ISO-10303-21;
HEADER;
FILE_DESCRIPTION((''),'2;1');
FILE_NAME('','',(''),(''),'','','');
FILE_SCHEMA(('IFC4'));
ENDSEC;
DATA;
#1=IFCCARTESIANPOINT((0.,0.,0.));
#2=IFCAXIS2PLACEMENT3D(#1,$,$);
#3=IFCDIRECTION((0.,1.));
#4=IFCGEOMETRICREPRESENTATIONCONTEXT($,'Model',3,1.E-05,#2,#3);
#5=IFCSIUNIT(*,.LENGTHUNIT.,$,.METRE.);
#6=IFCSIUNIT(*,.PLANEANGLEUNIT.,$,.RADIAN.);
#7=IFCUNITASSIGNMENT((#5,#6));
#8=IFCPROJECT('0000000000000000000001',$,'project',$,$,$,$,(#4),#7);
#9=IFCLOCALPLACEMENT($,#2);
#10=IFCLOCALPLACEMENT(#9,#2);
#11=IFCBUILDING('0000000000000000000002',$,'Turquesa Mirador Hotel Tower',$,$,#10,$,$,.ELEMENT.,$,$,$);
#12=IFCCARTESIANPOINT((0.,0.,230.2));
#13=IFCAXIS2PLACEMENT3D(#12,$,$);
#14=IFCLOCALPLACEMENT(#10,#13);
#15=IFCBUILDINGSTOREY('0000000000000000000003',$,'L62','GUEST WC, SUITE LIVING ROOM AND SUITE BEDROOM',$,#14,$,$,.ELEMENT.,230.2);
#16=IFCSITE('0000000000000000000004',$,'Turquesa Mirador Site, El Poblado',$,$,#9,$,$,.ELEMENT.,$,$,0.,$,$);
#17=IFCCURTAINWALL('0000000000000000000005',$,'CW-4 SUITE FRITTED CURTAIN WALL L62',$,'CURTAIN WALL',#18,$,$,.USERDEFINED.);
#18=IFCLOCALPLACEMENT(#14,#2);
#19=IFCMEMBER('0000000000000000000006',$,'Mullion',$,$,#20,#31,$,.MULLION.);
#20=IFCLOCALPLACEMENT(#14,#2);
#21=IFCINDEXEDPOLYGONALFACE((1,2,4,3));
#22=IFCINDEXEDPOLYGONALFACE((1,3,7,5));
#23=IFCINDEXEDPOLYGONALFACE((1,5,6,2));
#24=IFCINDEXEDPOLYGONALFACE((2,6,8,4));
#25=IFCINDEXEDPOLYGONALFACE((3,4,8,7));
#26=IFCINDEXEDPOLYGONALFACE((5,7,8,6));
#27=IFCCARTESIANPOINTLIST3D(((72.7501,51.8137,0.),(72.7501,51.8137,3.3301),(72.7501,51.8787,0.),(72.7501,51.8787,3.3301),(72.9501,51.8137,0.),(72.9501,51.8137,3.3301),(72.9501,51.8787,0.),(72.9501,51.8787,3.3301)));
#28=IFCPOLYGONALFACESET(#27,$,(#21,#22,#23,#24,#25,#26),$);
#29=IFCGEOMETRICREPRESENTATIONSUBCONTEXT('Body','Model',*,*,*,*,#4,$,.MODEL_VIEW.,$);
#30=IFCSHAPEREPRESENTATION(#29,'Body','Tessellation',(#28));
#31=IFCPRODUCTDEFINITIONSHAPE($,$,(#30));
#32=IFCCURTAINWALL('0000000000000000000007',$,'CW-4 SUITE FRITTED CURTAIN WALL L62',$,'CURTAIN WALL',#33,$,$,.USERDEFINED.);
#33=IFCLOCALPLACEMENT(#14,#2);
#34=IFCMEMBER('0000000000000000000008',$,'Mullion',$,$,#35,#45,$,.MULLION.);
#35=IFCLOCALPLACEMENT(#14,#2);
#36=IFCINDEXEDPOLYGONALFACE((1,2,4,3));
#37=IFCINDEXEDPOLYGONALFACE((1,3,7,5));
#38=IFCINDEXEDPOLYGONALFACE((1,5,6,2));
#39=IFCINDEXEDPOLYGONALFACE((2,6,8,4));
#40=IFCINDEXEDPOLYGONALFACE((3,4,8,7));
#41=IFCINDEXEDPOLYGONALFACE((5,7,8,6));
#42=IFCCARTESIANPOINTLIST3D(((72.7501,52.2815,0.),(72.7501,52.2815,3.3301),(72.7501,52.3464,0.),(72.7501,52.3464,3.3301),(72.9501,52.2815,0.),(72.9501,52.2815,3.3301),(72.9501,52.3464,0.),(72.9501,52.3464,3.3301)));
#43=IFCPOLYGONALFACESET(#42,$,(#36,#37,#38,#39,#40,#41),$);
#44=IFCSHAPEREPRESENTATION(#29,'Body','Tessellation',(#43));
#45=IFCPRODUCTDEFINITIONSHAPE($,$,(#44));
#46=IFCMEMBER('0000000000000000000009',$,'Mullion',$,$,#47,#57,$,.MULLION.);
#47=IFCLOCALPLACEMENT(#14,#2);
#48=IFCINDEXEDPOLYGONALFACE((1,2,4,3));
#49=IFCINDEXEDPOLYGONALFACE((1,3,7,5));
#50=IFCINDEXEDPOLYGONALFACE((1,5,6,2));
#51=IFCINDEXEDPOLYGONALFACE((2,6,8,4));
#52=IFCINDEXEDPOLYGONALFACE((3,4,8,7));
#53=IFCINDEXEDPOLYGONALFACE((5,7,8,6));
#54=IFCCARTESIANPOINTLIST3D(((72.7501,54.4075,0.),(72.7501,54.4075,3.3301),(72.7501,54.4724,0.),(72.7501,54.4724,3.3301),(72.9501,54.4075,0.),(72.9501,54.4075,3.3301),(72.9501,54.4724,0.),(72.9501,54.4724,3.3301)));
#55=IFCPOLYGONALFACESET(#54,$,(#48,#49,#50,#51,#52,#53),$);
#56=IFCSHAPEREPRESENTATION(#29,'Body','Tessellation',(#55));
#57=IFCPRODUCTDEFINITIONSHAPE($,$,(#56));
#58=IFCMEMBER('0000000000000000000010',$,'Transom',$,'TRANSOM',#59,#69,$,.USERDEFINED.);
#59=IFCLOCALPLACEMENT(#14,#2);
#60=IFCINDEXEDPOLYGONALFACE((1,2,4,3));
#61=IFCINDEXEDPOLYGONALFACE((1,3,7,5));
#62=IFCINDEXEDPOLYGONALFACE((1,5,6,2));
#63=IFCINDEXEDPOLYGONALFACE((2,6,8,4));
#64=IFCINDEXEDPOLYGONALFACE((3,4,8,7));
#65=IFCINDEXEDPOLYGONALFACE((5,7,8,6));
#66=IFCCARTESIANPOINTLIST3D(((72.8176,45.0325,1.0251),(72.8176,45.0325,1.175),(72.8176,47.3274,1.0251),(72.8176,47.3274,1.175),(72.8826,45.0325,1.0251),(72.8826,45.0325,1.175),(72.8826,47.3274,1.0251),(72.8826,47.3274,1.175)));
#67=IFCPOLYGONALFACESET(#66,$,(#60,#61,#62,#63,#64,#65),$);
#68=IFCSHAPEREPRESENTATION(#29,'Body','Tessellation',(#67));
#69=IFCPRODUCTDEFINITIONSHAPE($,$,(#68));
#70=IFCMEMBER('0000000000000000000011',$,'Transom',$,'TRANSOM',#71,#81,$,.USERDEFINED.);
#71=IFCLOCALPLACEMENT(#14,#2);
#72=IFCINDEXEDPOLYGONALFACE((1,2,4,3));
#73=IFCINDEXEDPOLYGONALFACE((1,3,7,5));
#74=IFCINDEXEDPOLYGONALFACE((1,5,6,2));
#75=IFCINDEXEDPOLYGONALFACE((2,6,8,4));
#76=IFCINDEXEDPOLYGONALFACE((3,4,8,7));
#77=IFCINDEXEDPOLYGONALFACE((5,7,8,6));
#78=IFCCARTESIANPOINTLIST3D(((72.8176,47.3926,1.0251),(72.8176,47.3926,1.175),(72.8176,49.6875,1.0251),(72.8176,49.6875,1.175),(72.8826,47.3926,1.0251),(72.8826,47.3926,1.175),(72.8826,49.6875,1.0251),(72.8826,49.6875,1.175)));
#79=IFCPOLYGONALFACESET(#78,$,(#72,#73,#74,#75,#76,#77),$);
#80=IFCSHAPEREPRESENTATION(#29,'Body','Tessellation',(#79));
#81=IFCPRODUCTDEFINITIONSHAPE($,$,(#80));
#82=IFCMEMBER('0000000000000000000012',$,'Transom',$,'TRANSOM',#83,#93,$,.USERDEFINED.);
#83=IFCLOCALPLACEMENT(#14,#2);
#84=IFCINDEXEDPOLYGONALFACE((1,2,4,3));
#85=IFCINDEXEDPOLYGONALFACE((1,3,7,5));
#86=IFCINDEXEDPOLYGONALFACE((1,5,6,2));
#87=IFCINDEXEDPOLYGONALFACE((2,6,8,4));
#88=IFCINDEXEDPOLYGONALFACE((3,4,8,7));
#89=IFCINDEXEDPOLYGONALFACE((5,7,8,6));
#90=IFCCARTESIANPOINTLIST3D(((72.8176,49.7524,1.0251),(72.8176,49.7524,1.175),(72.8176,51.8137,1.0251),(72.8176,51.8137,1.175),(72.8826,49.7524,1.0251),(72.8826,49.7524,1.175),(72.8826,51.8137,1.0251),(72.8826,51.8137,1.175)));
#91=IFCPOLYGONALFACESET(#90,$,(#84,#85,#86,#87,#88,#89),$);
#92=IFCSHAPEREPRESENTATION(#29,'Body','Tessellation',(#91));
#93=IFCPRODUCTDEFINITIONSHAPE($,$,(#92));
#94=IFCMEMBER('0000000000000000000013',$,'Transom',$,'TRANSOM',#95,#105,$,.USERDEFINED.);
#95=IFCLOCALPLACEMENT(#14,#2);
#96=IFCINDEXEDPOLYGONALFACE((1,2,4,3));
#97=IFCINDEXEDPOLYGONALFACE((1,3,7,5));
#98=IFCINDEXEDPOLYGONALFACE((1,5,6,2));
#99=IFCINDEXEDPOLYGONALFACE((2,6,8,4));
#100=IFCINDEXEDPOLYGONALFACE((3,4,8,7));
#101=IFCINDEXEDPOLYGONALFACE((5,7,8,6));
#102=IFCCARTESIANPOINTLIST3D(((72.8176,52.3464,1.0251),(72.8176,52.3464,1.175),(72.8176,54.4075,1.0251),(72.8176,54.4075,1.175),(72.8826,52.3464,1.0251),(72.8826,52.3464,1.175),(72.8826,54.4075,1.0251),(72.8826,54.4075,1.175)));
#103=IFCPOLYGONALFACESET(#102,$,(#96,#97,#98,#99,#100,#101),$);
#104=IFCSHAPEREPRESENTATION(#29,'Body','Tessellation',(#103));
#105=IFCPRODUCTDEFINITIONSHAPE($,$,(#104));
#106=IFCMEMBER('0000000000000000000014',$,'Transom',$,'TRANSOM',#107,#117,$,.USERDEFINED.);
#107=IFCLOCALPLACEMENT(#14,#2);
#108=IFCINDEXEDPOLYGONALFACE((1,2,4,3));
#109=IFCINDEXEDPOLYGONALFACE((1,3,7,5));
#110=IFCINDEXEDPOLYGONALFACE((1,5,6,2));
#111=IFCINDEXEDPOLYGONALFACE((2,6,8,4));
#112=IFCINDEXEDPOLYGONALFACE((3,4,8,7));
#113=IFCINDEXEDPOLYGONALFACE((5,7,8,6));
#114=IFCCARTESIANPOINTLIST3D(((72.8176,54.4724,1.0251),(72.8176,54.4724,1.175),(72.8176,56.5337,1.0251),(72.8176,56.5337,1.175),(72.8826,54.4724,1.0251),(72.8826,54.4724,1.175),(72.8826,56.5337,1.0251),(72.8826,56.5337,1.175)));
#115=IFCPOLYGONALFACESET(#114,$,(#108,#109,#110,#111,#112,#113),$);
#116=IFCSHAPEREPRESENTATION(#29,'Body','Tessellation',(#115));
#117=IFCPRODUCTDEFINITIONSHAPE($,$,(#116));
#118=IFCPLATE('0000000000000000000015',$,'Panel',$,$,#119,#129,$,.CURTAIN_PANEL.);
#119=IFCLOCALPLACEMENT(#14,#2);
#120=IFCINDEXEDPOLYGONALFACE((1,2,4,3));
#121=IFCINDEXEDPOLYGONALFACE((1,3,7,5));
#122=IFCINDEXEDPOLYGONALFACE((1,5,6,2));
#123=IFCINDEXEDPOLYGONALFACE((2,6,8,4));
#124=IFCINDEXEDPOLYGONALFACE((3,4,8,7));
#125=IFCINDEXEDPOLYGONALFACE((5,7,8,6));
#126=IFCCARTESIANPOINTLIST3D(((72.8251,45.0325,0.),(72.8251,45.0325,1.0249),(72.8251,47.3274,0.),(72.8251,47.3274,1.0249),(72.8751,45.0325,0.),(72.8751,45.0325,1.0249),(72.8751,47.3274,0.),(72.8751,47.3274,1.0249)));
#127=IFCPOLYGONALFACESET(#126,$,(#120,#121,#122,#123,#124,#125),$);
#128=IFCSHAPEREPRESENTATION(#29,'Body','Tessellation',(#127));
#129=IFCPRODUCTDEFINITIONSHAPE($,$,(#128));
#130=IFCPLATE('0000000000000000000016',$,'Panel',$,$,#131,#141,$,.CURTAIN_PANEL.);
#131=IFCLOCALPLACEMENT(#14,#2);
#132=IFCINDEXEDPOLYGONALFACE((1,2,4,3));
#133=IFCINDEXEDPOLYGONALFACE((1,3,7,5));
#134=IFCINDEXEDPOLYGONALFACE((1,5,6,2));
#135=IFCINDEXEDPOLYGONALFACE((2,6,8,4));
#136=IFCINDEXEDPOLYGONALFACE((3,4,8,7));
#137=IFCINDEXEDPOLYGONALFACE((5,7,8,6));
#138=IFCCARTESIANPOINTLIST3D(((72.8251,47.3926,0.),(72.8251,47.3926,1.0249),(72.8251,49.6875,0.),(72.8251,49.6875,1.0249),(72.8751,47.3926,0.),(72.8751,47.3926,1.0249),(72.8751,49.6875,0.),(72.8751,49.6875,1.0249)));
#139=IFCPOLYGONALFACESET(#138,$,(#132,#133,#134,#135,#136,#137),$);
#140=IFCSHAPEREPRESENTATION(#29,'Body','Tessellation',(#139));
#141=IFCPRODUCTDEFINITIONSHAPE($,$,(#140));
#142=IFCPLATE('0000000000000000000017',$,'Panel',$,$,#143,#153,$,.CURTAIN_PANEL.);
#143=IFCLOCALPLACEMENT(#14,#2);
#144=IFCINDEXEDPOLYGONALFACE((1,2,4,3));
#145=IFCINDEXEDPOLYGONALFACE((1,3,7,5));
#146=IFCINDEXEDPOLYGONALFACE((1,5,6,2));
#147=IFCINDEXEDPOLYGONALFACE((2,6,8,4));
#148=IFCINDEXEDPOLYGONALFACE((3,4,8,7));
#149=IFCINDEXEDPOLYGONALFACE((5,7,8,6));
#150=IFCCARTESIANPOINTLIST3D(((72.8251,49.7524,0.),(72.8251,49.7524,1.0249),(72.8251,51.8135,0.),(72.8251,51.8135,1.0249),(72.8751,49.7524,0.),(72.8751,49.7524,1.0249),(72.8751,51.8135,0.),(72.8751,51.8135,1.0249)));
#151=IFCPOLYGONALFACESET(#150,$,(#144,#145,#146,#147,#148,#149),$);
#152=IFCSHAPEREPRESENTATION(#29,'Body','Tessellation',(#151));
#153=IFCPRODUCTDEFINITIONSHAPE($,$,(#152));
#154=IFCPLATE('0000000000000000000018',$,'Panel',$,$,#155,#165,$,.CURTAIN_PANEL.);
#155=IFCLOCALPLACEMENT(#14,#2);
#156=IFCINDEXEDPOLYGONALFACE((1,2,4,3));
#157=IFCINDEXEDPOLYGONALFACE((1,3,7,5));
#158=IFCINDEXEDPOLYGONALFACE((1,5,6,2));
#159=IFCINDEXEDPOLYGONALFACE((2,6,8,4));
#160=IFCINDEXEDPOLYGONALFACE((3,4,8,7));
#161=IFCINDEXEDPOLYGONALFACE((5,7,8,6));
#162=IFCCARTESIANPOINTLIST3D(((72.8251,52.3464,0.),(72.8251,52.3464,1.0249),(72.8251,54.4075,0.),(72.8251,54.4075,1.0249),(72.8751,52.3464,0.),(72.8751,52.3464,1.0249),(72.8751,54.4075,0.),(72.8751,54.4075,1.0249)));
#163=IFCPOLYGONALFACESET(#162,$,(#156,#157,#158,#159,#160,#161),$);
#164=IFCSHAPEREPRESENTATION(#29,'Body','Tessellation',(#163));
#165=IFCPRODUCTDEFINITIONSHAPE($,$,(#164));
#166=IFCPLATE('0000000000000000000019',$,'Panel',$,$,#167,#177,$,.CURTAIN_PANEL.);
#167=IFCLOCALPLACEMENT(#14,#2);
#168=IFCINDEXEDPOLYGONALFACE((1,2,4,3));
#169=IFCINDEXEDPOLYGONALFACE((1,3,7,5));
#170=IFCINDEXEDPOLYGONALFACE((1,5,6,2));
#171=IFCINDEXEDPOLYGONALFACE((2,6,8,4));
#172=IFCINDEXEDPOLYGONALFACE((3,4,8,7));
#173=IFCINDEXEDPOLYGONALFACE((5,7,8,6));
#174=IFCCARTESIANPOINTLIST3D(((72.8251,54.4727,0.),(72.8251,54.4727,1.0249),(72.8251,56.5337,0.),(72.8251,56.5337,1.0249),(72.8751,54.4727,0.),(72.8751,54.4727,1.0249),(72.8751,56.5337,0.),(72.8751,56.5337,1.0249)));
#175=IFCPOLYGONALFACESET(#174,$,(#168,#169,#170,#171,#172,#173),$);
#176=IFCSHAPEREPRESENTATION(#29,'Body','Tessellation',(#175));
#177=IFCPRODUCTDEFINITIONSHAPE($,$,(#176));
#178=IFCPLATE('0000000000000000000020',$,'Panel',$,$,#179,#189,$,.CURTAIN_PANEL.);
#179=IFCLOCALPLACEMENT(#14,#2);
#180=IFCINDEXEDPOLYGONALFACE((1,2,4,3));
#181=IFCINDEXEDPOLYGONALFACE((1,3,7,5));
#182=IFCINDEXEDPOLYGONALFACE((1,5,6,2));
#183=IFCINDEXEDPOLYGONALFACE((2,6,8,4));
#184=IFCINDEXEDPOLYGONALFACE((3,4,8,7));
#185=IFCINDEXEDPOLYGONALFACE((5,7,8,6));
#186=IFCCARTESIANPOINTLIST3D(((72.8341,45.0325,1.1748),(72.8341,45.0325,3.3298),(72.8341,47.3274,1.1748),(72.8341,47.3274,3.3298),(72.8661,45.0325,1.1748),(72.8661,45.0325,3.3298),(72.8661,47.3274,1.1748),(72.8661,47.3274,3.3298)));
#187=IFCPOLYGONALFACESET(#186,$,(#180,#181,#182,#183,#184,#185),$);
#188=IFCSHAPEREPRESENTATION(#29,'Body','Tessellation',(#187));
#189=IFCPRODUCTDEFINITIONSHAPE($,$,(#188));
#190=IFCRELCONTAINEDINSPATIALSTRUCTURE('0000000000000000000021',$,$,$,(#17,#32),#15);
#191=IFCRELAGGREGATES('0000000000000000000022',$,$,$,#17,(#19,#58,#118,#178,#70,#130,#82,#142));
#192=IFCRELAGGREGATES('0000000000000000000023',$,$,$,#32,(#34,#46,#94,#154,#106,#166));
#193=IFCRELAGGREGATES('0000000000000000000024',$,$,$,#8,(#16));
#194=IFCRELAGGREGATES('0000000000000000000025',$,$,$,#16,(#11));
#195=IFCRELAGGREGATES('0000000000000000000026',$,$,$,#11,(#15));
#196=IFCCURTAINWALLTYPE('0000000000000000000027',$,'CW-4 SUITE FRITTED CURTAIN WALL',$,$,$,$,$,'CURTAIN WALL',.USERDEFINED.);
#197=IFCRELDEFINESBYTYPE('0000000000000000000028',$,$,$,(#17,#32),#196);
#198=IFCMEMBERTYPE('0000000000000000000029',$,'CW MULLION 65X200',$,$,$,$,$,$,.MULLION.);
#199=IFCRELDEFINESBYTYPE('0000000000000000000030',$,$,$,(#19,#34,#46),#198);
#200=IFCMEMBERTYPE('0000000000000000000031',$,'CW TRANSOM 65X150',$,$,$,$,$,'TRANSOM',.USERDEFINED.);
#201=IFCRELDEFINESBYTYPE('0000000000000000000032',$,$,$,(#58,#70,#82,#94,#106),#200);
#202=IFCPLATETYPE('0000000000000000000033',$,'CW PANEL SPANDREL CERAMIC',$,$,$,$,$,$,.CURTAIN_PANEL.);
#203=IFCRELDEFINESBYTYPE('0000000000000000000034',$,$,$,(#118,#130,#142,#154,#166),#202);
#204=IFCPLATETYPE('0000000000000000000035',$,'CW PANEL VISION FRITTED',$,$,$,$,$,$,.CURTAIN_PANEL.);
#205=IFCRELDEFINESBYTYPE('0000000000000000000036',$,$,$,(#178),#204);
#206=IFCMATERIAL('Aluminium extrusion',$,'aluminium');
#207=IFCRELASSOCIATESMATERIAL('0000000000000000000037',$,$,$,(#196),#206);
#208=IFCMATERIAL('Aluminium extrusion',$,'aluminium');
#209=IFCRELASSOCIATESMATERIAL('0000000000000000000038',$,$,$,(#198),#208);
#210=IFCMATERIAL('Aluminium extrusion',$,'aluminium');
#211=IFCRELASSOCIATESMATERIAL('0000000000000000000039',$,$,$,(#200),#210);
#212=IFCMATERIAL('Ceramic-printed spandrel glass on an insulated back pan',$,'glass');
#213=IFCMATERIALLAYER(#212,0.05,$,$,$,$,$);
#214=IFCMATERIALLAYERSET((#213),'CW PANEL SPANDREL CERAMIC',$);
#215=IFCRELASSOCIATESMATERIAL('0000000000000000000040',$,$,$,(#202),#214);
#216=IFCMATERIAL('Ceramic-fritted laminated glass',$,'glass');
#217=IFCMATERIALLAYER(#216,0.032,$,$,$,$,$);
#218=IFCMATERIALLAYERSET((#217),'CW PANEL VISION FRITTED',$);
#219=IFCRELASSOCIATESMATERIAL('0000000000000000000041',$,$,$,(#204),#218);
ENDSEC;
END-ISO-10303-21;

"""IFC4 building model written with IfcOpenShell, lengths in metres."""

from ifc_helpers import new_model, si_unit, direction, frame, origin, origin_2d, place, context, subcontext, project, spatial, rectangle, extrude, material, layer, layer_set, material_profile, profile_set, type_object, element, aggregate, save


model = new_model("IFC4")

# Units and contexts
model_context = context("Model", 3, precision=1e-05, world=origin(), true_north=direction((0.0, 1.0)))
body_context = subcontext(model_context, "Body", "Model", "MODEL_VIEW")
ifc_project = project(units=[si_unit("LENGTHUNIT", "METRE"), si_unit("PLANEANGLEUNIT", "RADIAN")], contexts=[model_context])

# Site, building, storey
site_placement = place(None, origin())
site = spatial("IfcSite", under=ifc_project, at=site_placement, Name="Turquesa Mirador Site, El Poblado", CompositionType="ELEMENT", RefElevation=0.0)
building_placement = place(site_placement, origin())
building = spatial("IfcBuilding", under=site, at=building_placement, Name="Turquesa Mirador Hotel Tower", CompositionType="ELEMENT")
storey_placement = place(building_placement, frame((0.0, 0.0, 230.2)))
storey = spatial("IfcBuildingStorey", under=building, at=storey_placement, Name="L62", Description="GUEST WC, SUITE LIVING ROOM AND SUITE BEDROOM", CompositionType="ELEMENT", Elevation=230.2)

# Curtain walls, members
ifc_material_1 = material(Name="Aluminium extrusion", Category="aluminium")
curtain_wall_type = type_object("IfcCurtainWallType", Name="CW-4 SUITE FRITTED CURTAIN WALL", ElementType="CURTAIN WALL", PredefinedType="USERDEFINED", material=ifc_material_1)
curtain_wall_1_placement = place(storey_placement, origin())
curtain_wall_1 = element("IfcCurtainWall", 1, at=curtain_wall_1_placement, inside=storey, type_object=curtain_wall_type, Name="CW-4 SUITE FRITTED CURTAIN WALL L62", ObjectType="CURTAIN WALL", PredefinedType="USERDEFINED")
ifc_material_2 = material(Name="Aluminium extrusion", Category="aluminium")
ifc_material_profile_1 = material_profile(ifc_material_2, rectangle(XDim=0.0649, YDim=0.2, at=origin_2d()), Name="MULLION 65X200")
ifc_profile_set_1 = profile_set([ifc_material_profile_1], Name="Aluminium extrusion")
member_type_1 = type_object("IfcMemberType", Name="CW MULLION 65X200", PredefinedType="MULLION", material=ifc_profile_set_1)
member_1_placement = place(storey_placement, frame((72.8501, 51.8462, 0.0), z_axis=(0.0, 0.0, 1.0), x_axis=(0.0, 1.0, 0.0)))
member_1 = element("IfcMember", 2, at=member_1_placement, type_object=member_type_1, Name="Mullion", PredefinedType="MULLION", context=body_context, shape_type="SweptSolid", body=[
    extrude(rectangle(XDim=0.0649, YDim=0.2, at=origin_2d()), origin(), (0.0, 0.0, 1.0), 3.3301),
])
curtain_wall_2_placement = place(storey_placement, origin())
curtain_wall_2 = element("IfcCurtainWall", 3, at=curtain_wall_2_placement, inside=storey, type_object=curtain_wall_type, Name="CW-4 SUITE FRITTED CURTAIN WALL L62", ObjectType="CURTAIN WALL", PredefinedType="USERDEFINED")
member_2_placement = place(storey_placement, frame((72.8501, 52.314, 0.0), z_axis=(0.0, 0.0, 1.0), x_axis=(0.0, 1.0, 0.0)))
member_2 = element("IfcMember", 4, at=member_2_placement, type_object=member_type_1, Name="Mullion", PredefinedType="MULLION", context=body_context, shape_type="SweptSolid", body=[
    extrude(rectangle(XDim=0.0649, YDim=0.2, at=origin_2d()), origin(), (0.0, 0.0, 1.0), 3.3301),
])
member_3_placement = place(storey_placement, frame((72.8501, 54.4399, 0.0), z_axis=(0.0, 0.0, 1.0), x_axis=(0.0, 1.0, 0.0)))
member_3 = element("IfcMember", 5, at=member_3_placement, type_object=member_type_1, Name="Mullion", PredefinedType="MULLION", context=body_context, shape_type="SweptSolid", body=[
    extrude(rectangle(XDim=0.0649, YDim=0.2, at=origin_2d()), origin(), (0.0, 0.0, 1.0), 3.3301),
])

# Members
ifc_material_3 = material(Name="Aluminium extrusion", Category="aluminium")
ifc_material_profile_2 = material_profile(ifc_material_3, rectangle(XDim=0.0649, YDim=0.1499, at=origin_2d()), Name="TRANSOM 65X150")
ifc_profile_set_2 = profile_set([ifc_material_profile_2], Name="Aluminium extrusion")
member_type_2 = type_object("IfcMemberType", Name="CW TRANSOM 65X150", ElementType="TRANSOM", PredefinedType="USERDEFINED", material=ifc_profile_set_2)
member_4_placement = place(storey_placement, frame((72.8501, 45.0325, 1.1001), z_axis=(0.0, 1.0, 0.0), x_axis=(-1.0, 0.0, 0.0)))
member_4 = element("IfcMember", 6, at=member_4_placement, type_object=member_type_2, Name="Transom", ObjectType="TRANSOM", PredefinedType="USERDEFINED", context=body_context, shape_type="SweptSolid", body=[
    extrude(rectangle(XDim=0.0649, YDim=0.1499, at=origin_2d()), origin(), (0.0, 0.0, 1.0), 2.2949),
])
member_5_placement = place(storey_placement, frame((72.8501, 47.3926, 1.1001), z_axis=(0.0, 1.0, 0.0), x_axis=(-1.0, 0.0, 0.0)))
member_5 = element("IfcMember", 7, at=member_5_placement, type_object=member_type_2, Name="Transom", ObjectType="TRANSOM", PredefinedType="USERDEFINED", context=body_context, shape_type="SweptSolid", body=[
    extrude(rectangle(XDim=0.0649, YDim=0.1499, at=origin_2d()), origin(), (0.0, 0.0, 1.0), 2.2949),
])
member_6_placement = place(storey_placement, frame((72.8501, 49.7524, 1.1001), z_axis=(0.0, 1.0, 0.0), x_axis=(-1.0, 0.0, 0.0)))
member_6 = element("IfcMember", 8, at=member_6_placement, type_object=member_type_2, Name="Transom", ObjectType="TRANSOM", PredefinedType="USERDEFINED", context=body_context, shape_type="SweptSolid", body=[
    extrude(rectangle(XDim=0.0649, YDim=0.1499, at=origin_2d()), origin(), (0.0, 0.0, 1.0), 2.0613),
])
member_7_placement = place(storey_placement, frame((72.8501, 52.3464, 1.1001), z_axis=(0.0, 1.0, 0.0), x_axis=(-1.0, 0.0, 0.0)))
member_7 = element("IfcMember", 9, at=member_7_placement, type_object=member_type_2, Name="Transom", ObjectType="TRANSOM", PredefinedType="USERDEFINED", context=body_context, shape_type="SweptSolid", body=[
    extrude(rectangle(XDim=0.0649, YDim=0.1499, at=origin_2d()), origin(), (0.0, 0.0, 1.0), 2.061),
])
member_8_placement = place(storey_placement, frame((72.8501, 54.4724, 1.1001), z_axis=(0.0, 1.0, 0.0), x_axis=(-1.0, 0.0, 0.0)))
member_8 = element("IfcMember", 10, at=member_8_placement, type_object=member_type_2, Name="Transom", ObjectType="TRANSOM", PredefinedType="USERDEFINED", context=body_context, shape_type="SweptSolid", body=[
    extrude(rectangle(XDim=0.0649, YDim=0.1499, at=origin_2d()), origin(), (0.0, 0.0, 1.0), 2.0613),
])

# Plates
ifc_material_4 = material(Name="Ceramic-printed spandrel glass on an insulated back pan", Category="glass")
ifc_layer_1 = layer(ifc_material_4, 0.05)
ifc_layer_set_1 = layer_set([ifc_layer_1], Name="CW PANEL SPANDREL CERAMIC")
plate_type_1 = type_object("IfcPlateType", Name="CW PANEL SPANDREL CERAMIC", PredefinedType="CURTAIN_PANEL", material=ifc_layer_set_1)
plate_1_placement = place(storey_placement, frame((72.8501, 46.1799, 0.0), z_axis=(0.0, 0.0, 1.0), x_axis=(0.0, 1.0, 0.0)))
plate_1 = element("IfcPlate", 11, at=plate_1_placement, type_object=plate_type_1, Name="Panel", PredefinedType="CURTAIN_PANEL", context=body_context, shape_type="SweptSolid", body=[
    extrude(rectangle(XDim=2.2949, YDim=0.05, at=origin_2d()), origin(), (0.0, 0.0, 1.0), 1.0249),
])
plate_2_placement = place(storey_placement, frame((72.8501, 48.54, 0.0), z_axis=(0.0, 0.0, 1.0), x_axis=(0.0, 1.0, 0.0)))
plate_2 = element("IfcPlate", 12, at=plate_2_placement, type_object=plate_type_1, Name="Panel", PredefinedType="CURTAIN_PANEL", context=body_context, shape_type="SweptSolid", body=[
    extrude(rectangle(XDim=2.2949, YDim=0.05, at=origin_2d()), origin(), (0.0, 0.0, 1.0), 1.0249),
])
plate_3_placement = place(storey_placement, frame((72.8501, 50.783, 0.0), z_axis=(0.0, 0.0, 1.0), x_axis=(0.0, 1.0, 0.0)))
plate_3 = element("IfcPlate", 13, at=plate_3_placement, type_object=plate_type_1, Name="Panel", PredefinedType="CURTAIN_PANEL", context=body_context, shape_type="SweptSolid", body=[
    extrude(rectangle(XDim=2.061, YDim=0.05, at=origin_2d()), origin(), (0.0, 0.0, 1.0), 1.0249),
])
plate_4_placement = place(storey_placement, frame((72.8501, 53.377, 0.0), z_axis=(0.0, 0.0, 1.0), x_axis=(0.0, 1.0, 0.0)))
plate_4 = element("IfcPlate", 14, at=plate_4_placement, type_object=plate_type_1, Name="Panel", PredefinedType="CURTAIN_PANEL", context=body_context, shape_type="SweptSolid", body=[
    extrude(rectangle(XDim=2.061, YDim=0.05, at=origin_2d()), origin(), (0.0, 0.0, 1.0), 1.0249),
])
plate_5_placement = place(storey_placement, frame((72.8501, 55.5032, 0.0), z_axis=(0.0, 0.0, 1.0), x_axis=(0.0, 1.0, 0.0)))
plate_5 = element("IfcPlate", 15, at=plate_5_placement, type_object=plate_type_1, Name="Panel", PredefinedType="CURTAIN_PANEL", context=body_context, shape_type="SweptSolid", body=[
    extrude(rectangle(XDim=2.061, YDim=0.05, at=origin_2d()), origin(), (0.0, 0.0, 1.0), 1.0249),
])
ifc_material_5 = material(Name="Ceramic-fritted laminated glass", Category="glass")
ifc_layer_2 = layer(ifc_material_5, 0.032)
ifc_layer_set_2 = layer_set([ifc_layer_2], Name="CW PANEL VISION FRITTED")
plate_type_2 = type_object("IfcPlateType", Name="CW PANEL VISION FRITTED", PredefinedType="CURTAIN_PANEL", material=ifc_layer_set_2)
plate_6_placement = place(storey_placement, frame((72.8501, 46.1799, 1.1748), z_axis=(0.0, 0.0, 1.0), x_axis=(0.0, 1.0, 0.0)))
plate_6 = element("IfcPlate", 16, at=plate_6_placement, type_object=plate_type_2, Name="Panel", PredefinedType="CURTAIN_PANEL", context=body_context, shape_type="SweptSolid", body=[
    extrude(rectangle(XDim=2.2949, YDim=0.032, at=origin_2d()), origin(), (0.0, 0.0, 1.0), 2.155),
])
aggregate(curtain_wall_1, [member_1, member_4, plate_1, plate_6, member_5, plate_2, member_6, plate_3])
aggregate(curtain_wall_2, [member_2, member_3, member_7, plate_4, member_8, plate_5])

save(model, "model.ifc")
